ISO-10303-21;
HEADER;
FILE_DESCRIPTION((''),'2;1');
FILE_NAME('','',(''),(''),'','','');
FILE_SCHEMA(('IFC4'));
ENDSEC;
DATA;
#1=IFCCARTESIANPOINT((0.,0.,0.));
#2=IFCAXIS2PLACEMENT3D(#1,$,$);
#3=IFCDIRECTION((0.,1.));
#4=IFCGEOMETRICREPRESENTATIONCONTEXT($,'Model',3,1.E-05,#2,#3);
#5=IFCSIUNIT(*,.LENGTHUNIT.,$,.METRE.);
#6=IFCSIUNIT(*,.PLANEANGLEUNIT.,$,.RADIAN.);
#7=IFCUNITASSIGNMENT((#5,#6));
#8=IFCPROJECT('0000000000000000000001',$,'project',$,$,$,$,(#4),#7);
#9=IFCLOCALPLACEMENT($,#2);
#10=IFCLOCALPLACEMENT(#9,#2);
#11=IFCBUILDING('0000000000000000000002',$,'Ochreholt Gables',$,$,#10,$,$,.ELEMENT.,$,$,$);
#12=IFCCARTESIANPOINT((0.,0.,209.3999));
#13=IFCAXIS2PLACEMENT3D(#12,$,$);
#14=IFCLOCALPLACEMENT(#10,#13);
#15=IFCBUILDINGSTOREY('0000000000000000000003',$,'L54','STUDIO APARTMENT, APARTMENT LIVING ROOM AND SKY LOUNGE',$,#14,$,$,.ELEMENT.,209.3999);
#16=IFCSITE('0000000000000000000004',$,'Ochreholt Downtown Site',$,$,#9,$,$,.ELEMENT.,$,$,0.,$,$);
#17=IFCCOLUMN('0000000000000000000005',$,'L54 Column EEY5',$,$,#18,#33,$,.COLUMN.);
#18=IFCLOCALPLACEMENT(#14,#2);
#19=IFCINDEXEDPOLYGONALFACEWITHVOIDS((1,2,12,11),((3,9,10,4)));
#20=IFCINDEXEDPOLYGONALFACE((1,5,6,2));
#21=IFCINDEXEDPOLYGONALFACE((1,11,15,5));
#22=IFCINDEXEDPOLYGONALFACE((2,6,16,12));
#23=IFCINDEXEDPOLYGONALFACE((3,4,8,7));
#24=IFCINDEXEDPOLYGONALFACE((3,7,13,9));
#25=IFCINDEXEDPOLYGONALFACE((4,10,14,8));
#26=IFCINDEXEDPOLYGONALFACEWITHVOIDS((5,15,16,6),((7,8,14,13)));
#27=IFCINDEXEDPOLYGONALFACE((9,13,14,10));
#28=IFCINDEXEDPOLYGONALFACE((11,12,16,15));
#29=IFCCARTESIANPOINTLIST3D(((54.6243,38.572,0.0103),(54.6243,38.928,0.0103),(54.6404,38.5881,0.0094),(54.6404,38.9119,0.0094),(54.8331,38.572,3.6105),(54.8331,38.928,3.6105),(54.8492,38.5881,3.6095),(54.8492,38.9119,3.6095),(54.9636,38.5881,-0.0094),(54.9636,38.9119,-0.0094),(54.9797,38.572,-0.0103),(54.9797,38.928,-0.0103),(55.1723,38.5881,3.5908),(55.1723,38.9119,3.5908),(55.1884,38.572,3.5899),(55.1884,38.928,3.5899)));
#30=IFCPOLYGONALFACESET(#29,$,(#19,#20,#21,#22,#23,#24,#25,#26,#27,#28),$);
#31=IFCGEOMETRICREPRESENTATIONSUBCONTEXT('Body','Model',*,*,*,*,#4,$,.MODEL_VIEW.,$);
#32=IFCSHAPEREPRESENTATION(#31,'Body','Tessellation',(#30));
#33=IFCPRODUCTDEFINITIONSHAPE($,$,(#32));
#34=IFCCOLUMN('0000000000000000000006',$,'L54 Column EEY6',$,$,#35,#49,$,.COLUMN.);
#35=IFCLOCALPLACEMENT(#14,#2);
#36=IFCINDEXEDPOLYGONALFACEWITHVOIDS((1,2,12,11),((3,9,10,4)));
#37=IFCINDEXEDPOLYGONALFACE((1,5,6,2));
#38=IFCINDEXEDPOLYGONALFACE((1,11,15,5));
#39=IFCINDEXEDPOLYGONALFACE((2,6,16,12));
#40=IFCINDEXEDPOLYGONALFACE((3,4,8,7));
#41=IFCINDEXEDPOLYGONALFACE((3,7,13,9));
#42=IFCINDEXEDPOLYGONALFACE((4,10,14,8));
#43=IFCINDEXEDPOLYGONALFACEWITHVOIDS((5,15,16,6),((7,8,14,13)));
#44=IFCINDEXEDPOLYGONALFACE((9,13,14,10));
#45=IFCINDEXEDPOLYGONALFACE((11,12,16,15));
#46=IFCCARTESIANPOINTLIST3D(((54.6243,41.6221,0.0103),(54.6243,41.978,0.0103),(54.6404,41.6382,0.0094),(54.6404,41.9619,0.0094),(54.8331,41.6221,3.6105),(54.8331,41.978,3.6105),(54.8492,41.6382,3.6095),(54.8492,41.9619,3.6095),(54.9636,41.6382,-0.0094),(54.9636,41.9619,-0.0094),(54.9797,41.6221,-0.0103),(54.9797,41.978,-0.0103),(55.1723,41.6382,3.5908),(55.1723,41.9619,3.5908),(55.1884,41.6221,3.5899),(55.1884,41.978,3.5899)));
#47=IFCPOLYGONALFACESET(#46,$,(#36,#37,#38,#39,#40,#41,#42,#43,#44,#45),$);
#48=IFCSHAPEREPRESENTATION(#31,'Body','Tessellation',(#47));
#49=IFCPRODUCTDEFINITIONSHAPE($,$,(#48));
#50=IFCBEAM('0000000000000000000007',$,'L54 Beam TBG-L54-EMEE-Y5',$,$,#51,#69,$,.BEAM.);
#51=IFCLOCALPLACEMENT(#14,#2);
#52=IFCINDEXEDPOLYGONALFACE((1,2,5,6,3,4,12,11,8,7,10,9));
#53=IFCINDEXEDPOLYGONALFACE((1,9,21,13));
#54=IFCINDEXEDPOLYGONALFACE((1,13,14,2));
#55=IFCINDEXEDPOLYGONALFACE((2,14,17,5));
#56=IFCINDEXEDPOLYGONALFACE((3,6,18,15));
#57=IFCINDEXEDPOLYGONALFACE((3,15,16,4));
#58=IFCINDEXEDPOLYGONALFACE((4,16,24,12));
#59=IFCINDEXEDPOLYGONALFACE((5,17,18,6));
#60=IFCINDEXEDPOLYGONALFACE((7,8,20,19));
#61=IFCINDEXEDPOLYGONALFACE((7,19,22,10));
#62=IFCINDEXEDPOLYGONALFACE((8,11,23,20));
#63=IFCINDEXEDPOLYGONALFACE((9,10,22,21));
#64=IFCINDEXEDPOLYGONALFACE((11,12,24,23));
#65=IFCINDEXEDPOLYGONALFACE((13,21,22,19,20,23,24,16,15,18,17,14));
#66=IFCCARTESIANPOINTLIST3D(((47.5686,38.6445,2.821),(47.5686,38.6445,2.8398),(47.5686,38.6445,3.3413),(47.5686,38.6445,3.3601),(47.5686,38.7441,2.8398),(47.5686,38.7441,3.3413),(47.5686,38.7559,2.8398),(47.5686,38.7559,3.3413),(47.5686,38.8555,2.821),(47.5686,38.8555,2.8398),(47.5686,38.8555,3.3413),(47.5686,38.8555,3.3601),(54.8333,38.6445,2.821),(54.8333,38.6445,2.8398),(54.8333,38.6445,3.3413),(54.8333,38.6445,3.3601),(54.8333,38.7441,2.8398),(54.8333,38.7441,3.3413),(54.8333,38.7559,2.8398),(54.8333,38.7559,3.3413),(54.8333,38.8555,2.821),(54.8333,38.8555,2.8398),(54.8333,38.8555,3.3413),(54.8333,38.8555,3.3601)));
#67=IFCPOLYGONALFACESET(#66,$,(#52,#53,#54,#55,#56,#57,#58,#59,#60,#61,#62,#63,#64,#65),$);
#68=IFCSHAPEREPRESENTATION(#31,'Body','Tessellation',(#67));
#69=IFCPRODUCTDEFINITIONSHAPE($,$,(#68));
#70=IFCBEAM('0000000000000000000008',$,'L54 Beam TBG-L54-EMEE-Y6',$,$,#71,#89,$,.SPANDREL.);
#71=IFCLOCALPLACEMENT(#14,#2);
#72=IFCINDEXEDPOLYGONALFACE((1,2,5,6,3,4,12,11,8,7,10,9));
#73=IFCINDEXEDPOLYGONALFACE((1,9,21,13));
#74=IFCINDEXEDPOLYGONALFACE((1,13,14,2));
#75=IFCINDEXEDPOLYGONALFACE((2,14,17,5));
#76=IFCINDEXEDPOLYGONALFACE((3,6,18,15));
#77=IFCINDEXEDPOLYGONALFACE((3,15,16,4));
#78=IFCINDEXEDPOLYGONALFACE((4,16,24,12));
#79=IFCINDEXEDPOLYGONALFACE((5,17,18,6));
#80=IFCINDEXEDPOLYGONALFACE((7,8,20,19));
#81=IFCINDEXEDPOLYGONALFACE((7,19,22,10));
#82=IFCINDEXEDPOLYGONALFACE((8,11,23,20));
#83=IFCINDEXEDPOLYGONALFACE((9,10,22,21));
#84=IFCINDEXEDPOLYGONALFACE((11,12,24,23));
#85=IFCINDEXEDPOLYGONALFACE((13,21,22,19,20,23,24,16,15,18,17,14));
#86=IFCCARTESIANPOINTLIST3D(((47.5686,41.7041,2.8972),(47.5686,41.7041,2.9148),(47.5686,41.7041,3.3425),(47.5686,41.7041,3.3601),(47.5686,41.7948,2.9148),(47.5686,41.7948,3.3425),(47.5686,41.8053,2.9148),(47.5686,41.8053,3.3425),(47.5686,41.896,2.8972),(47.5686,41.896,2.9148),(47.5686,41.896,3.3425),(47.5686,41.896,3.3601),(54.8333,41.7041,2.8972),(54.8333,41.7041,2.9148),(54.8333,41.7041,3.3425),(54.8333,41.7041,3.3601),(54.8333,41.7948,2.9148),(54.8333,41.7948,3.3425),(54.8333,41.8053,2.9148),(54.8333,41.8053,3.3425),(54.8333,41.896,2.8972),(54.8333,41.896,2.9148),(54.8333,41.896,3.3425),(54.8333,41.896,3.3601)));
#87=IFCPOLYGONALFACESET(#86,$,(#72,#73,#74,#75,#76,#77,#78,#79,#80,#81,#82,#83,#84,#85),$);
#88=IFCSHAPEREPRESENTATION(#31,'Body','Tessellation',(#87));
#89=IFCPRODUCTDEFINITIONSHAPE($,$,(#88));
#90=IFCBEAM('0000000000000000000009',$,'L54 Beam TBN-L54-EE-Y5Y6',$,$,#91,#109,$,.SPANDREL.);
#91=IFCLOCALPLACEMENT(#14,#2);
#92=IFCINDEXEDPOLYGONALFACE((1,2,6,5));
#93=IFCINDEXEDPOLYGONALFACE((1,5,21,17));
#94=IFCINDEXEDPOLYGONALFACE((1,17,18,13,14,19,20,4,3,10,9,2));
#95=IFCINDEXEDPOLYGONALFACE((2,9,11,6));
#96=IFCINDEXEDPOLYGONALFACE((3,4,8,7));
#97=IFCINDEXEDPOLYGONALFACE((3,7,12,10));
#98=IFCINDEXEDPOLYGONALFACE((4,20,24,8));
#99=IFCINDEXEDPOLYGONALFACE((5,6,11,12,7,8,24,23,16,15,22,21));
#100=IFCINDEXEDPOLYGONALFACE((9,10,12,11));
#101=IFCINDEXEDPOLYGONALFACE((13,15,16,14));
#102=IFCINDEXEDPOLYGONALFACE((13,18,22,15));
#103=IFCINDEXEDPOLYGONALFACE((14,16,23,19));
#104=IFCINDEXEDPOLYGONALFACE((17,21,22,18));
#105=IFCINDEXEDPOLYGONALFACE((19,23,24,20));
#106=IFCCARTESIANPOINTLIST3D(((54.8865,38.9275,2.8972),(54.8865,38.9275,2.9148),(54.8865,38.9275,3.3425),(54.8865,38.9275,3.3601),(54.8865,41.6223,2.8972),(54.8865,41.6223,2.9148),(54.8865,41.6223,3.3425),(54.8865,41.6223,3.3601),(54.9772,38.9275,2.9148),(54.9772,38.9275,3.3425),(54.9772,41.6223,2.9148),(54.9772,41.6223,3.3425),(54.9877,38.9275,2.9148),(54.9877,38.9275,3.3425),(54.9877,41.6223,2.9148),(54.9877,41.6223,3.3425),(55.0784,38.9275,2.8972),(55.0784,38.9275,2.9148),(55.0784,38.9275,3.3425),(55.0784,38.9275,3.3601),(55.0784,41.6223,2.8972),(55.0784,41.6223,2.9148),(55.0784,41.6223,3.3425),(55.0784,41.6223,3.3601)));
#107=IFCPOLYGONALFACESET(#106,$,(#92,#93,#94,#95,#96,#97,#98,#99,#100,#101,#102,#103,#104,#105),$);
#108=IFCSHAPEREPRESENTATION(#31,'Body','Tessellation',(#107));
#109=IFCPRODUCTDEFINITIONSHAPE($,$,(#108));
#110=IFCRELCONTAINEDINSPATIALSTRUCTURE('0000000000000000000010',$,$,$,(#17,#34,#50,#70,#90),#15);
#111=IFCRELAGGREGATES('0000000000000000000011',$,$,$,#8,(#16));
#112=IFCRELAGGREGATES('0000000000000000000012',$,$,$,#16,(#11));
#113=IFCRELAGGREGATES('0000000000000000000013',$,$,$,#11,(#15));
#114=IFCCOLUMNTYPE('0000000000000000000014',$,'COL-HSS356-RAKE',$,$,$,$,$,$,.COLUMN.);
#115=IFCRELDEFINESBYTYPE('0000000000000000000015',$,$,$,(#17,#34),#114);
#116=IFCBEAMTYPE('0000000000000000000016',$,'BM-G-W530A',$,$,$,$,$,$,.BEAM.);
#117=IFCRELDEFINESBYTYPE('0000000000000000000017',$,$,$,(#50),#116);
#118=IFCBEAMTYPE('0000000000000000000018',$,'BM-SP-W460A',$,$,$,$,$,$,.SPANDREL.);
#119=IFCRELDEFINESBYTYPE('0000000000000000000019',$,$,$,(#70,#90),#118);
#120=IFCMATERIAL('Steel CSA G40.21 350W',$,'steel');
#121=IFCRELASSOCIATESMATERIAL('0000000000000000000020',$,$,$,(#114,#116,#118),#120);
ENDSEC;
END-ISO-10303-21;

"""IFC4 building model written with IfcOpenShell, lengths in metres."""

from ifc_helpers import new_model, si_unit, direction, frame, origin, origin_2d, place, context, subcontext, project, spatial, hollow_rectangle, i_section, extrude, material, material_profile, profile_set, type_object, element, save


model = new_model("IFC4")

# Units and contexts
model_context = context("Model", 3, precision=1e-05, world=origin(), true_north=direction((0.0, 1.0)))
body_context = subcontext(model_context, "Body", "Model", "MODEL_VIEW")
ifc_project = project(units=[si_unit("LENGTHUNIT", "METRE"), si_unit("PLANEANGLEUNIT", "RADIAN")], contexts=[model_context])

# Site, building, storey
site_placement = place(None, origin())
site = spatial("IfcSite", under=ifc_project, at=site_placement, Name="Ochreholt Downtown Site", CompositionType="ELEMENT", RefElevation=0.0)
building_placement = place(site_placement, origin())
building = spatial("IfcBuilding", under=site, at=building_placement, Name="Ochreholt Gables", CompositionType="ELEMENT")
storey_placement = place(building_placement, frame((0.0, 0.0, 209.3999)))
storey = spatial("IfcBuildingStorey", under=building, at=storey_placement, Name="L54", Description="STUDIO APARTMENT, APARTMENT LIVING ROOM AND SKY LOUNGE", CompositionType="ELEMENT", Elevation=209.3999)

# Columns
ifc_material_1 = material(Name="Steel CSA G40.21 350W", Category="steel")
ifc_material_profile_1 = material_profile(ifc_material_1, hollow_rectangle(XDim=0.356, YDim=0.356, WallThickness=0.0161, at=origin_2d()), Name="HSS356X356X16")
ifc_profile_set_1 = profile_set([ifc_material_profile_1], Name="Steel CSA G40.21 350W")
column_type = type_object("IfcColumnType", Name="COL-HSS356-RAKE", PredefinedType="COLUMN", material=ifc_profile_set_1)
for number, where, z_axis, x_axis, name in (
    (1, (54.802, 38.75, 0.0), (0.057885, 0.0, 0.998323), (0.0, 1.0, 0.0), "L54 Column EEY5"),
    (2, (54.802, 41.8, 0.0), (0.057885, 0.0, 0.998323), (0.0, 1.0, 0.0), "L54 Column EEY6"),
):
    element("IfcColumn", number, at=place(storey_placement, frame(where, z_axis=z_axis, x_axis=x_axis)), inside=storey, type_object=column_type, Name=name, PredefinedType="COLUMN", context=body_context, shape_type="SweptSolid", body=[
        extrude(hollow_rectangle(XDim=0.356, YDim=0.356, WallThickness=0.0161, at=origin_2d()), origin(), (0.0, 0.0, 1.0), 3.6062),
    ])

# Beams
ifc_material_profile_2 = material_profile(ifc_material_1, i_section(OverallWidth=0.2109, OverallDepth=0.5391, WebThickness=0.0117, FlangeThickness=0.0188, at=origin_2d()), Name="W530X109")
ifc_profile_set_2 = profile_set([ifc_material_profile_2], Name="Steel CSA G40.21 350W")
beam_type_1 = type_object("IfcBeamType", Name="BM-G-W530A", PredefinedType="BEAM", material=ifc_profile_set_2)
beam_1_placement = place(storey_placement, frame((47.5686, 38.75, 3.0906), z_axis=(1.0, 0.0, 0.0), x_axis=(0.0, 1.0, 0.0)))
element("IfcBeam", 3, at=beam_1_placement, inside=storey, type_object=beam_type_1, Name="L54 Beam TBG-L54-EMEE-Y5", PredefinedType="BEAM", context=body_context, shape_type="SweptSolid", body=[
    extrude(i_section(OverallWidth=0.2109, OverallDepth=0.5391, WebThickness=0.0117, FlangeThickness=0.0188, at=origin_2d()), origin(), (0.0, 0.0, 1.0), 7.2646),
])
ifc_material_profile_3 = material_profile(ifc_material_1, i_section(OverallWidth=0.1919, OverallDepth=0.4629, WebThickness=0.0105, FlangeThickness=0.0176, at=origin_2d()), Name="W460X89")
ifc_profile_set_3 = profile_set([ifc_material_profile_3], Name="Steel CSA G40.21 350W")
beam_type_2 = type_object("IfcBeamType", Name="BM-SP-W460A", PredefinedType="SPANDREL", material=ifc_profile_set_3)
beam_2_placement = place(storey_placement, frame((47.5686, 41.8, 3.1287), z_axis=(1.0, 0.0, 0.0), x_axis=(0.0, 1.0, 0.0)))
element("IfcBeam", 4, at=beam_2_placement, inside=storey, type_object=beam_type_2, Name="L54 Beam TBG-L54-EMEE-Y6", PredefinedType="SPANDREL", context=body_context, shape_type="SweptSolid", body=[
    extrude(i_section(OverallWidth=0.1919, OverallDepth=0.4629, WebThickness=0.0105, FlangeThickness=0.0176, at=origin_2d()), origin(), (0.0, 0.0, 1.0), 7.2646),
])
beam_3_placement = place(storey_placement, frame((54.9824, 38.9275, 3.1287), z_axis=(0.0, 1.0, 0.0), x_axis=(-1.0, 0.0, 0.0)))
element("IfcBeam", 5, at=beam_3_placement, inside=storey, type_object=beam_type_2, Name="L54 Beam TBN-L54-EE-Y5Y6", PredefinedType="SPANDREL", context=body_context, shape_type="SweptSolid", body=[
    extrude(i_section(OverallWidth=0.1919, OverallDepth=0.4629, WebThickness=0.0105, FlangeThickness=0.0176, at=origin_2d()), origin(), (0.0, 0.0, 1.0), 2.6948),
])

save(model, "model.ifc")
